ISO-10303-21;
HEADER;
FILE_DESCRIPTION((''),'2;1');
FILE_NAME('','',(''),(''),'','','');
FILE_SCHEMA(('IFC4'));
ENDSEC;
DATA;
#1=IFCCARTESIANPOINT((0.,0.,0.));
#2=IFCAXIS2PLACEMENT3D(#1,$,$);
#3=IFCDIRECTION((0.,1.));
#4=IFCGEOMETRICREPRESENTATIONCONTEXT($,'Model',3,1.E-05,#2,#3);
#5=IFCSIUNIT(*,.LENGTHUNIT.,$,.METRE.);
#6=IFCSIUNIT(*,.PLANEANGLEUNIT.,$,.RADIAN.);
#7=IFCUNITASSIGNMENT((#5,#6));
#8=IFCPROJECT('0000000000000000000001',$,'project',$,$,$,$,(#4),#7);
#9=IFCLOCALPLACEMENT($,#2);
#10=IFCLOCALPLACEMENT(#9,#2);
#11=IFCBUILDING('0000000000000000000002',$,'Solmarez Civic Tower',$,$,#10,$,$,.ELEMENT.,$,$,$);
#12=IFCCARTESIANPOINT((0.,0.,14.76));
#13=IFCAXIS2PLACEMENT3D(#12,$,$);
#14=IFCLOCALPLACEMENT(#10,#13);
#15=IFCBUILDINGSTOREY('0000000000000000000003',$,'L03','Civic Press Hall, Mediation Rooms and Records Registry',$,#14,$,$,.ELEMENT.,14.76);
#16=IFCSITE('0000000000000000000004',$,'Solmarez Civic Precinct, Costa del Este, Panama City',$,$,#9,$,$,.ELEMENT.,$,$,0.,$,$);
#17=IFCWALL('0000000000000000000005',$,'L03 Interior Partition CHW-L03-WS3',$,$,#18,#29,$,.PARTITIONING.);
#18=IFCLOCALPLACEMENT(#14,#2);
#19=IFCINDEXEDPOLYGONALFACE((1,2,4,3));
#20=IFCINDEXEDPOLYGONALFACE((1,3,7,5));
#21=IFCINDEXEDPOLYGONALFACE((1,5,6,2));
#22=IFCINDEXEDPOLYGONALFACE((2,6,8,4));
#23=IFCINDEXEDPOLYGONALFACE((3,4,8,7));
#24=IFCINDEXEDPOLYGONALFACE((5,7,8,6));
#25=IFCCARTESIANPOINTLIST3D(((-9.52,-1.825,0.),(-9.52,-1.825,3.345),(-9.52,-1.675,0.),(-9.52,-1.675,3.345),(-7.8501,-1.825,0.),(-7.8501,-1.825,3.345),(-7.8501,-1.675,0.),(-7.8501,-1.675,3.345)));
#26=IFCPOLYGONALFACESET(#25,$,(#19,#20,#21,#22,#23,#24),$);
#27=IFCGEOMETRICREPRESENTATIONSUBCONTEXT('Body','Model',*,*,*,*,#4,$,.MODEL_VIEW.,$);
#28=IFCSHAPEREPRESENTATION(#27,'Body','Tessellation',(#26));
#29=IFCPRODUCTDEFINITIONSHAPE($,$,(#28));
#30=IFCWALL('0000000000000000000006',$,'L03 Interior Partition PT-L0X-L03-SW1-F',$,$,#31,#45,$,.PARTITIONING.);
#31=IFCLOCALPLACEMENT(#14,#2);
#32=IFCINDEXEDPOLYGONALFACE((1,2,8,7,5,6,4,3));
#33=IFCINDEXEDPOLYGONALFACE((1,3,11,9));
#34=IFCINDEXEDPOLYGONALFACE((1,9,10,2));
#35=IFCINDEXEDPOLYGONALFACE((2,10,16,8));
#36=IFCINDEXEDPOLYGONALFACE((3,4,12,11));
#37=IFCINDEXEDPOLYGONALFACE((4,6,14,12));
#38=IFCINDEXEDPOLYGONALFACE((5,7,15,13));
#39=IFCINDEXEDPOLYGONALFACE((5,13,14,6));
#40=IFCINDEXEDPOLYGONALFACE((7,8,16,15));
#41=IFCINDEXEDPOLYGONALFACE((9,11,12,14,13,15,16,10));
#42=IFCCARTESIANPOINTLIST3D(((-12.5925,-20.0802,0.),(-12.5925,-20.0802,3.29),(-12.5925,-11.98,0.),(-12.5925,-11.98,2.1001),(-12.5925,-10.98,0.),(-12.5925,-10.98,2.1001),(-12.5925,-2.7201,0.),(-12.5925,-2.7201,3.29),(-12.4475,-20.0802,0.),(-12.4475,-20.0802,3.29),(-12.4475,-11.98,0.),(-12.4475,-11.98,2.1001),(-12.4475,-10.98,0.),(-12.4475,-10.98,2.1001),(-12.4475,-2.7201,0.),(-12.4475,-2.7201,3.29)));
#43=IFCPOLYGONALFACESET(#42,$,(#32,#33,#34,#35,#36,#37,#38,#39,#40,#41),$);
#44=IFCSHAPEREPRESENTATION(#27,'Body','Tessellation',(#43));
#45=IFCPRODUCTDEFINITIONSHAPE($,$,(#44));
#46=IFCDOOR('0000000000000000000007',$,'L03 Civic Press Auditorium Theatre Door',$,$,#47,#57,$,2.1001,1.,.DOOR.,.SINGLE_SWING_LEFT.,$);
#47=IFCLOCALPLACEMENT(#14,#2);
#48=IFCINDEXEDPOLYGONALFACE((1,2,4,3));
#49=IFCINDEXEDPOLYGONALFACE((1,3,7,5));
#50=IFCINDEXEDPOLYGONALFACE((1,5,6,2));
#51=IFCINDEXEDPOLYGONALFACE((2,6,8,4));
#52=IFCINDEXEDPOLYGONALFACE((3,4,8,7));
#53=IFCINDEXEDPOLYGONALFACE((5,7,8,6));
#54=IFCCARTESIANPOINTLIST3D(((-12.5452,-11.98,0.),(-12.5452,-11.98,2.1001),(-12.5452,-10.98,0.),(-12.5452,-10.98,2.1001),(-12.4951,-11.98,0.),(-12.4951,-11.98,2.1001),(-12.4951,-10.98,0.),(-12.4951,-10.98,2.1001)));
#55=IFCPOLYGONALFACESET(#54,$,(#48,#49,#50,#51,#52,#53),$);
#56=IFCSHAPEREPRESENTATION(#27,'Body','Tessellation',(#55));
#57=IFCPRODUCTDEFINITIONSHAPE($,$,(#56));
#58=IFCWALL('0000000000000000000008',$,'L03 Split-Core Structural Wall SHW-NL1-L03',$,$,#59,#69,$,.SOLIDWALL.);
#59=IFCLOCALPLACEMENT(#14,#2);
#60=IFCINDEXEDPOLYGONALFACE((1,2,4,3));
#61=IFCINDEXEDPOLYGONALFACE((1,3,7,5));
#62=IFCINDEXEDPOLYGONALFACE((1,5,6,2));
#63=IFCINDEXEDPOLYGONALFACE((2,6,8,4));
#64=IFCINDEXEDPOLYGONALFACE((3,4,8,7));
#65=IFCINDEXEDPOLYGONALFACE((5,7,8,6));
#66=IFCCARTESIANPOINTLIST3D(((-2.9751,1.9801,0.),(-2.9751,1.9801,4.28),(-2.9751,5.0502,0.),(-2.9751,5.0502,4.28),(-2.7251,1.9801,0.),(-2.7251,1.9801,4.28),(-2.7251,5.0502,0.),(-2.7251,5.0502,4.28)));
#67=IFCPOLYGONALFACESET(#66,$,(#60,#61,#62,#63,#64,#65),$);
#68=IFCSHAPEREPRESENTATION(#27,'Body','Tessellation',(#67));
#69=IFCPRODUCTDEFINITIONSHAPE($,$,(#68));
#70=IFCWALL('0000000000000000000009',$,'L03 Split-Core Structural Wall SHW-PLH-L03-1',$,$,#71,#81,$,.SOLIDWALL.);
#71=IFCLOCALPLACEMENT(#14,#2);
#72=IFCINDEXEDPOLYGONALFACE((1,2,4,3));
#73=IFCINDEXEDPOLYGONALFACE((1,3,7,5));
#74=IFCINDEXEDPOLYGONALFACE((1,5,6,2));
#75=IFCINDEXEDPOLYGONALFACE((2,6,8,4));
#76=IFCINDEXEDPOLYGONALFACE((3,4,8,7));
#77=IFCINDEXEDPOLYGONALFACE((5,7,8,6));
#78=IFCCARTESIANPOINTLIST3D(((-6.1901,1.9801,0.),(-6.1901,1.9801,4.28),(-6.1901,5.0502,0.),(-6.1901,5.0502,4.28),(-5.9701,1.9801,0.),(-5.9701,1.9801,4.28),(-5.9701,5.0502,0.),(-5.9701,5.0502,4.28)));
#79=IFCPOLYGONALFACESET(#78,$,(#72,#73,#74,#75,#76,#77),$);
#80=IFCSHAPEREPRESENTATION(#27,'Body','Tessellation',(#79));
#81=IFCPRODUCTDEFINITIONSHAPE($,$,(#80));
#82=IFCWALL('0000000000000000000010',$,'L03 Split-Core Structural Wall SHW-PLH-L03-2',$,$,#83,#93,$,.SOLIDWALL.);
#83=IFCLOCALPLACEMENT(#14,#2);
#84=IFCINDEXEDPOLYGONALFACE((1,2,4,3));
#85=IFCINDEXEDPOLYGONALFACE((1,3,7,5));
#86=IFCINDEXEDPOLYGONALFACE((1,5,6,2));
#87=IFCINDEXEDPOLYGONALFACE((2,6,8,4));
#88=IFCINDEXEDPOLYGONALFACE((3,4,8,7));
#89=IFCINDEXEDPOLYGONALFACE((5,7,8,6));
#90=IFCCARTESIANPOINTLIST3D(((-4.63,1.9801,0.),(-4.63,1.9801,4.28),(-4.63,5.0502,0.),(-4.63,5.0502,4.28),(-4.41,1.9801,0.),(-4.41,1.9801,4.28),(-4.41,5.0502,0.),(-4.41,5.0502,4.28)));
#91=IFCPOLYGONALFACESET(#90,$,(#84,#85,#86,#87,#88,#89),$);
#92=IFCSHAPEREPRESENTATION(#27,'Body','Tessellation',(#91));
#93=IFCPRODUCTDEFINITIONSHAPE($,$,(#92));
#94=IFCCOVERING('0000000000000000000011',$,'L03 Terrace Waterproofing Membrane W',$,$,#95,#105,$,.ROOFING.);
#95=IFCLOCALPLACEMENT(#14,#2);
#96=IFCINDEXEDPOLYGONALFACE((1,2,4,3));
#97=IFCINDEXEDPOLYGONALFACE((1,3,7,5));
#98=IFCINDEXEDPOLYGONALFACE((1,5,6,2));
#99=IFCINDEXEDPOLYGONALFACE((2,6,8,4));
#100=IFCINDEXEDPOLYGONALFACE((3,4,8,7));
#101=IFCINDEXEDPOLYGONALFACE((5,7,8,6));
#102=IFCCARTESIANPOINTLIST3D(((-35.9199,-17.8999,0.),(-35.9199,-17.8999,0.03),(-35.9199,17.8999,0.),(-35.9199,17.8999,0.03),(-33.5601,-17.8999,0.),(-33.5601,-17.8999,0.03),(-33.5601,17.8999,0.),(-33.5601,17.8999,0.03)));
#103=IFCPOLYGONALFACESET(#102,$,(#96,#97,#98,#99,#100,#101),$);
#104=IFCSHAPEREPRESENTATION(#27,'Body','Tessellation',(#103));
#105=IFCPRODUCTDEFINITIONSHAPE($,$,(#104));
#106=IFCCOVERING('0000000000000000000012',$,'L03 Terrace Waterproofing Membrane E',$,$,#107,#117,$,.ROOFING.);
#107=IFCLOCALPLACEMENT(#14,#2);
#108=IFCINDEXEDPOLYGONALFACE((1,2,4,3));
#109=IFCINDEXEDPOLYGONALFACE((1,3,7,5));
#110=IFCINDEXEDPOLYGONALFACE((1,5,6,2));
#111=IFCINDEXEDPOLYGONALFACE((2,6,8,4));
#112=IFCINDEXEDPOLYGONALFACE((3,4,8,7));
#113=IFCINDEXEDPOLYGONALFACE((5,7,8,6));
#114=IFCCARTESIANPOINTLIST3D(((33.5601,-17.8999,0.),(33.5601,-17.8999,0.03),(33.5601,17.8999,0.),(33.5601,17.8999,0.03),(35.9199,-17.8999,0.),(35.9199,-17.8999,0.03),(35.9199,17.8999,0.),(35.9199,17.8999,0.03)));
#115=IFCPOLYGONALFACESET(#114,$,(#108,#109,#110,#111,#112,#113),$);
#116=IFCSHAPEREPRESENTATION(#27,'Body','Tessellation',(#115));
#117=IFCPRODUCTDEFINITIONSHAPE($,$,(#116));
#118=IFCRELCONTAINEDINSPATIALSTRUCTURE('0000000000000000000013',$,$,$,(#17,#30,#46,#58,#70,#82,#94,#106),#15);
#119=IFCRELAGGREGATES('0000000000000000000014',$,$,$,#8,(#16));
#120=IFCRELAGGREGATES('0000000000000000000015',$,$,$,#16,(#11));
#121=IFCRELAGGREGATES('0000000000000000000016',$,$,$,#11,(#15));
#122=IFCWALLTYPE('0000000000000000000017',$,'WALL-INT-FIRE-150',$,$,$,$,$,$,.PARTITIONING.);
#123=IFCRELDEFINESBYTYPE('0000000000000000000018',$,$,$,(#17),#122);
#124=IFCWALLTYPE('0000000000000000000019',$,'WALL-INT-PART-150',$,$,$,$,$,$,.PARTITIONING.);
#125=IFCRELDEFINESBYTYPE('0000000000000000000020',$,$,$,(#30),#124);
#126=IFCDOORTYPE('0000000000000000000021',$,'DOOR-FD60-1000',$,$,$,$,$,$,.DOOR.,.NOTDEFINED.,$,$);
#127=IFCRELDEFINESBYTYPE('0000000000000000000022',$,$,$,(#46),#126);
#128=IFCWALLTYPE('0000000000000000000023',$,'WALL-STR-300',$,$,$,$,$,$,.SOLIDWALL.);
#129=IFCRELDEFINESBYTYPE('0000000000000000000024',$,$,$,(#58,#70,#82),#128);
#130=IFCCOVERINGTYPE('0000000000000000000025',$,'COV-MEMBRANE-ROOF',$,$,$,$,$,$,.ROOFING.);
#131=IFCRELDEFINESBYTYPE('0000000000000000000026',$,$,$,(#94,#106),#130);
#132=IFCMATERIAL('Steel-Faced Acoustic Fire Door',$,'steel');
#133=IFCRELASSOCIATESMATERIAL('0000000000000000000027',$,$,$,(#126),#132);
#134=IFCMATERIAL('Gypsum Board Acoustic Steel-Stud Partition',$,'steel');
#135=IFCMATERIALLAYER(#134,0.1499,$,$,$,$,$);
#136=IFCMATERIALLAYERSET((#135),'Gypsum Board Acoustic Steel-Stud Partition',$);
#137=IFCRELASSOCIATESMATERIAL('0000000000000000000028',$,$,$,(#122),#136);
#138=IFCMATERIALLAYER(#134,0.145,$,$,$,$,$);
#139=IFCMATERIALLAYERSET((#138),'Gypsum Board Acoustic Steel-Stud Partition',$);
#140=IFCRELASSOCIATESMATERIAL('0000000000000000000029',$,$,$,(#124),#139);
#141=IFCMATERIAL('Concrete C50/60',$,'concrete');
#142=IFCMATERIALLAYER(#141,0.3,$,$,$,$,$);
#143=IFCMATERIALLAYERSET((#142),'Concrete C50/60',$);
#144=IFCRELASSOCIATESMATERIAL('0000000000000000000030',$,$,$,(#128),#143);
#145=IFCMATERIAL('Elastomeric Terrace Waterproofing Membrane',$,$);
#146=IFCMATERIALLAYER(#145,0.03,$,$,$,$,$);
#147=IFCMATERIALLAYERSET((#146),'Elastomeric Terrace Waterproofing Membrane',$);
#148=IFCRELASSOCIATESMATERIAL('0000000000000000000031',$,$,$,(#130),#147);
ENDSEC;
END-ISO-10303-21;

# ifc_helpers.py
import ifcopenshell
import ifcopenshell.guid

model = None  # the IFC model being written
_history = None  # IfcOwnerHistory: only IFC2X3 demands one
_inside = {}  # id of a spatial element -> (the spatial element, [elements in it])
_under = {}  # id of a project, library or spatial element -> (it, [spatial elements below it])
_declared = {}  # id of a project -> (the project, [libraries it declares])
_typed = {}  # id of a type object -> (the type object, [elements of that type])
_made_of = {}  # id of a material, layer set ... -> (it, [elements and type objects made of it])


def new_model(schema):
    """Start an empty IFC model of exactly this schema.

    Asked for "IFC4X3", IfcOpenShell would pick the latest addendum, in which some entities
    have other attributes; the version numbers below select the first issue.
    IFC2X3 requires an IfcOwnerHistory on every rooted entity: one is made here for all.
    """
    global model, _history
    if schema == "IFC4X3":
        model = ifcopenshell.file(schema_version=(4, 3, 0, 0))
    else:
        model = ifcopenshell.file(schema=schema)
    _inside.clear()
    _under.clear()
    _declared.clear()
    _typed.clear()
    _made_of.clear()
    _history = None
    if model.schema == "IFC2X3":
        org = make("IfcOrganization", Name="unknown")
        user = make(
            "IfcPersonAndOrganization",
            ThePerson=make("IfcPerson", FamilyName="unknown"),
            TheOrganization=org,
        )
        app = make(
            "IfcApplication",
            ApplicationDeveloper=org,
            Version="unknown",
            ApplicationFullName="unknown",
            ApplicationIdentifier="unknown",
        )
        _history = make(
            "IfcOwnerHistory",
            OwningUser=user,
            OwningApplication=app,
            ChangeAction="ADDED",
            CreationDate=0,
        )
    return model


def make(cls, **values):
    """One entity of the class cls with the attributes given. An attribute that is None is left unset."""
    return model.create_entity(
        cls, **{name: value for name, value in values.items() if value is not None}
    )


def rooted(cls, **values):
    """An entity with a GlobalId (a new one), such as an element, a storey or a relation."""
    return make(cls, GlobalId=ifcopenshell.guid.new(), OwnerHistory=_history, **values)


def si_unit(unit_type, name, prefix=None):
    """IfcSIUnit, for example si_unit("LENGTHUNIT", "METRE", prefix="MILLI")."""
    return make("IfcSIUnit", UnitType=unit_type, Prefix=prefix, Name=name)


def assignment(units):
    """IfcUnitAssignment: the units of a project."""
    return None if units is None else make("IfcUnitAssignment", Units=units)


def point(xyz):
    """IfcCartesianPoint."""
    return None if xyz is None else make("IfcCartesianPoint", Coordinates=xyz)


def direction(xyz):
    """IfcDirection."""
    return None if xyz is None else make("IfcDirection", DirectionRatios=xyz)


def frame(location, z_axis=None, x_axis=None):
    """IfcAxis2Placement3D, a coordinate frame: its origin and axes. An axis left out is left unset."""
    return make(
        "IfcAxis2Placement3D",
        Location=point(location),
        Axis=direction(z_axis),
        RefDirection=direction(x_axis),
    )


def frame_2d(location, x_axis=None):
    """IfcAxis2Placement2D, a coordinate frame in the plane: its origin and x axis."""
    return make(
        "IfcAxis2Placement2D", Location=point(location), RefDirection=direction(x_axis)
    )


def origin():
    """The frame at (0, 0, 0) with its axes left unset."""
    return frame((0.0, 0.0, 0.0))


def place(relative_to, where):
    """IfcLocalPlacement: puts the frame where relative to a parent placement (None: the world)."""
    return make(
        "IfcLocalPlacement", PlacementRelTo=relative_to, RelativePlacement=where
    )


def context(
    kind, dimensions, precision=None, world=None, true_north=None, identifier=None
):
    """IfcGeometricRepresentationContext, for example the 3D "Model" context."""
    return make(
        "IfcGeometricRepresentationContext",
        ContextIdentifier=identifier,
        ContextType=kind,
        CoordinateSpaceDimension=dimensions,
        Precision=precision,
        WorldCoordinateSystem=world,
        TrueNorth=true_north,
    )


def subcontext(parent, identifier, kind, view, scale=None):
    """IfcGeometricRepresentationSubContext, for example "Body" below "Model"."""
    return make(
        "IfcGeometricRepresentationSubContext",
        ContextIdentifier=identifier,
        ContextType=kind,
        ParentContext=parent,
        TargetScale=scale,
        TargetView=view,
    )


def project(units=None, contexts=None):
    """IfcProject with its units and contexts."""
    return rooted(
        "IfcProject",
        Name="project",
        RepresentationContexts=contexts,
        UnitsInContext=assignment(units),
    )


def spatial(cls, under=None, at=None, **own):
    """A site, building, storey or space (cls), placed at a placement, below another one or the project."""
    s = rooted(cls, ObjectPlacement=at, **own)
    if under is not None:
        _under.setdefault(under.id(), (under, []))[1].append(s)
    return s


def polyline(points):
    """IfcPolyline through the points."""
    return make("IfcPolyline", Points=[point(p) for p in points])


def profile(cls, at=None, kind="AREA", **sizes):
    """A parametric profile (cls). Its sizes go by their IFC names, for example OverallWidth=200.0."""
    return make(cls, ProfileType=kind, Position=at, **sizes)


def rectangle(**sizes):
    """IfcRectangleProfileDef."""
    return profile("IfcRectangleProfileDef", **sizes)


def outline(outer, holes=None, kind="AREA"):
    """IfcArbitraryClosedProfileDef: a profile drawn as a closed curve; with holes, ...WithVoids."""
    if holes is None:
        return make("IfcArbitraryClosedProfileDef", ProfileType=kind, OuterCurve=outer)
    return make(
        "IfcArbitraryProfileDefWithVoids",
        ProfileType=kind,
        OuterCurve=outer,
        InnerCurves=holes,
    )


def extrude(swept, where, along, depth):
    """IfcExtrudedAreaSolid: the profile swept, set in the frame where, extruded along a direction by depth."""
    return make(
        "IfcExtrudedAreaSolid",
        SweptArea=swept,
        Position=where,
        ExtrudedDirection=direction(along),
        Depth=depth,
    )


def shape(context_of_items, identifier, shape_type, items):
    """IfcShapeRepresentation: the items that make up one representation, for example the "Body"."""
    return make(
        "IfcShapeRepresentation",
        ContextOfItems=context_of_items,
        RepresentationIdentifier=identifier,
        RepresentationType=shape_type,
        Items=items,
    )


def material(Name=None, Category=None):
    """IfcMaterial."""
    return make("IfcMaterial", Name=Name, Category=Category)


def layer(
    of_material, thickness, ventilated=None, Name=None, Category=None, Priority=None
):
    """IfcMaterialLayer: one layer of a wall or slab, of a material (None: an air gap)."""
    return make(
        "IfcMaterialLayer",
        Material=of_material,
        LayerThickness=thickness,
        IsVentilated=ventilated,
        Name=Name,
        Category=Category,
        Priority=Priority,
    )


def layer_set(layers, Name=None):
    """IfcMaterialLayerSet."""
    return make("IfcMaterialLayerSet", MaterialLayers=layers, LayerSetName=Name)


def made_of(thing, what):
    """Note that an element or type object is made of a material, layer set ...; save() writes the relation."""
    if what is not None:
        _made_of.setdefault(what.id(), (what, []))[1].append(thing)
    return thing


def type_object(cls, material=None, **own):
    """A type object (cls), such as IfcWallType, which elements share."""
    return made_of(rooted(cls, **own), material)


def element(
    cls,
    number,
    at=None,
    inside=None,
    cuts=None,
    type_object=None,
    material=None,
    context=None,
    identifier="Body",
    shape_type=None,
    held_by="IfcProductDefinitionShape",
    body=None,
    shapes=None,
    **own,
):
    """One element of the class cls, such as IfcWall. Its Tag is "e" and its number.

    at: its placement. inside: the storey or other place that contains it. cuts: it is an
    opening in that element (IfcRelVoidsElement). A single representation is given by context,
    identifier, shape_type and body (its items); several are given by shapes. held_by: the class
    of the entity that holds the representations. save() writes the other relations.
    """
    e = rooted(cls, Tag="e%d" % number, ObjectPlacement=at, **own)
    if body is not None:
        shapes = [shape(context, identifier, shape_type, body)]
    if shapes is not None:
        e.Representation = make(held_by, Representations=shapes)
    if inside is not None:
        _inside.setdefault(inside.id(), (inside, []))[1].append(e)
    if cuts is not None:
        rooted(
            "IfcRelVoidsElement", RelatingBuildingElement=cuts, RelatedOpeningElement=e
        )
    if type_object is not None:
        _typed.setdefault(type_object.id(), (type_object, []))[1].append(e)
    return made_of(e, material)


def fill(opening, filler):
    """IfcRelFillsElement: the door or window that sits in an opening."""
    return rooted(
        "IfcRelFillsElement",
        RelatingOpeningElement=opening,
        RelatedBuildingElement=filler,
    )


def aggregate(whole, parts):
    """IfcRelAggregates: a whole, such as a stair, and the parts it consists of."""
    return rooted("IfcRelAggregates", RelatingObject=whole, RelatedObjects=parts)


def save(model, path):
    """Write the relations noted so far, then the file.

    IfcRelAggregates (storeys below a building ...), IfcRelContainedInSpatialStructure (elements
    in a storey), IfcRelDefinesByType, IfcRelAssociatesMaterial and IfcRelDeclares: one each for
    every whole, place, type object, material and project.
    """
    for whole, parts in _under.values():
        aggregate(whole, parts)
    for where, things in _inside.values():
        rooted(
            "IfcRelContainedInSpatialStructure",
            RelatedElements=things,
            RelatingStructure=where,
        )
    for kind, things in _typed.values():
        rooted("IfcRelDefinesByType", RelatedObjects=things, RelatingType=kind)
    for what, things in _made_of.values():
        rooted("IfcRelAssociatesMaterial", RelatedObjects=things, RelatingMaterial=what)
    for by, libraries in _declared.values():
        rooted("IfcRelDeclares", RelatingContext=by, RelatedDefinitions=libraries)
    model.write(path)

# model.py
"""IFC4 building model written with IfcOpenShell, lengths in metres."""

from ifc_helpers import new_model, si_unit, direction, frame, frame_2d, origin, place, context, subcontext, project, spatial, polyline, rectangle, outline, extrude, material, layer, layer_set, type_object, element, fill, save


model = new_model("IFC4")

# Units and contexts
model_context = context("Model", 3, precision=1e-05, world=origin(), true_north=direction((0.0, 1.0)))
body_context = subcontext(model_context, "Body", "Model", "MODEL_VIEW")
ifc_project = project(units=[si_unit("LENGTHUNIT", "METRE"), si_unit("PLANEANGLEUNIT", "RADIAN")], contexts=[model_context])

# Site, building, storey
site_placement = place(None, origin())
site = spatial("IfcSite", under=ifc_project, at=site_placement, Name="Solmarez Civic Precinct, Costa del Este, Panama City", CompositionType="ELEMENT", RefElevation=0.0)
building_placement = place(site_placement, origin())
building = spatial("IfcBuilding", under=site, at=building_placement, Name="Solmarez Civic Tower", CompositionType="ELEMENT")
storey_placement = place(building_placement, frame((0.0, 0.0, 14.76)))
storey = spatial("IfcBuildingStorey", under=building, at=storey_placement, Name="L03", Description="Civic Press Hall, Mediation Rooms and Records Registry", CompositionType="ELEMENT", Elevation=14.76)

# Shared definitions
ifc_material_1 = material(Name="Concrete C50/60", Category="concrete")

# Shared definitions
ifc_material_2 = material(Name="Steel-Faced Acoustic Fire Door", Category="steel")
door_type_1 = type_object("IfcDoorType", Name="DOOR-FD60-1000", OperationType="NOTDEFINED", PredefinedType="DOOR", material=ifc_material_2)

# Wall
ifc_material_3 = material(Name="Gypsum Board Acoustic Steel-Stud Partition", Category="steel")
ifc_layer_1 = layer(ifc_material_3, 0.1499)
ifc_layer_set_1 = layer_set([ifc_layer_1], Name="Gypsum Board Acoustic Steel-Stud Partition")
wall_type_1 = type_object("IfcWallType", Name="WALL-INT-FIRE-150", PredefinedType="PARTITIONING", material=ifc_layer_set_1)
for number, where, z_axis, x_axis, name in (
    (1, (-7.8501, -1.75, 0.0), (0.0, 0.0, 1.0), (-1.0, 0.0, 0.0), "L03 Interior Partition CHW-L03-WS3"),
):
    element("IfcWall", number, at=place(storey_placement, frame(where, z_axis=z_axis, x_axis=x_axis)), inside=storey, type_object=wall_type_1, Name=name, PredefinedType="PARTITIONING", context=body_context, shape_type="SweptSolid", body=[
        extrude(rectangle(XDim=1.6699, YDim=0.1499, at=frame_2d((0.835, 0.0))), origin(), (0.0, 0.0, 1.0), 3.345),
    ])

# Wall, opening, door
ifc_layer_2 = layer(ifc_material_3, 0.145)
ifc_layer_set_2 = layer_set([ifc_layer_2], Name="Gypsum Board Acoustic Steel-Stud Partition")
wall_type_2 = type_object("IfcWallType", Name="WALL-INT-PART-150", PredefinedType="PARTITIONING", material=ifc_layer_set_2)
wall_1_placement = place(storey_placement, frame((-12.52, -2.72, 0.0), z_axis=(0.0, 0.0, 1.0), x_axis=(0.0, -1.0, 0.0)))
wall_1 = element("IfcWall", 2, at=wall_1_placement, inside=storey, type_object=wall_type_2, Name="L03 Interior Partition PT-L0X-L03-SW1-F", PredefinedType="PARTITIONING", context=body_context, shape_type="SweptSolid", body=[
    extrude(rectangle(XDim=17.3601, YDim=0.145, at=frame_2d((8.6802, 0.0))), origin(), (0.0, 0.0, 1.0), 3.29),
])
opening_1_placement = place(wall_1_placement, frame((8.26, 0.0, 0.0)))
opening_1 = element("IfcOpeningElement", 3, at=opening_1_placement, cuts=wall_1, PredefinedType="OPENING", context=body_context, shape_type="SweptSolid", body=[
    extrude(rectangle(XDim=1.0, YDim=2.1001, at=frame_2d((0.5, 1.05))), frame((0.0, 0.0825, 0.0), z_axis=(0.0, -1.0, 0.0), x_axis=(1.0, 0.0, 0.0)), (0.0, 0.0, 1.0), 0.165),
])
door_1_placement = place(opening_1_placement, origin())
door_1 = element("IfcDoor", 4, at=door_1_placement, inside=storey, type_object=door_type_1, Name="L03 Civic Press Auditorium Theatre Door", OperationType="SINGLE_SWING_LEFT", OverallHeight=2.1001, OverallWidth=1.0, PredefinedType="DOOR", context=body_context, shape_type="SweptSolid", body=[
    extrude(rectangle(XDim=1.0, YDim=2.1001, at=frame_2d((0.5, 1.05))), frame((0.0, 0.0249, 0.0), z_axis=(0.0, -1.0, 0.0), x_axis=(1.0, 0.0, 0.0)), (0.0, 0.0, 1.0), 0.05),
])
fill(opening_1, door_1)

# Walls
ifc_layer_3 = layer(ifc_material_1, 0.3)
ifc_layer_set_3 = layer_set([ifc_layer_3], Name="Concrete C50/60")
wall_type_3 = type_object("IfcWallType", Name="WALL-STR-300", PredefinedType="SOLIDWALL", material=ifc_layer_set_3)
wall_2_placement = place(storey_placement, frame((-2.8501, 1.98, 0.0), z_axis=(0.0, 0.0, 1.0), x_axis=(0.0, 1.0, 0.0)))
element("IfcWall", 5, at=wall_2_placement, inside=storey, type_object=wall_type_3, Name="L03 Split-Core Structural Wall SHW-NL1-L03", PredefinedType="SOLIDWALL", context=body_context, shape_type="SweptSolid", body=[
    extrude(rectangle(XDim=3.0701, YDim=0.25, at=frame_2d((1.5352, 0.0))), origin(), (0.0, 0.0, 1.0), 4.28),
])
for number, where, z_axis, x_axis, name in (
    (6, (-6.0801, 1.98, 0.0), (0.0, 0.0, 1.0), (0.0, 1.0, 0.0), "L03 Split-Core Structural Wall SHW-PLH-L03-1"),
    (7, (-4.52, 1.98, 0.0), (0.0, 0.0, 1.0), (0.0, 1.0, 0.0), "L03 Split-Core Structural Wall SHW-PLH-L03-2"),
):
    element("IfcWall", number, at=place(storey_placement, frame(where, z_axis=z_axis, x_axis=x_axis)), inside=storey, type_object=wall_type_3, Name=name, PredefinedType="SOLIDWALL", context=body_context, shape_type="SweptSolid", body=[
        extrude(rectangle(XDim=3.0701, YDim=0.22, at=frame_2d((1.5352, 0.0))), origin(), (0.0, 0.0, 1.0), 4.28),
    ])

# Coverings
ifc_material_4 = material(Name="Elastomeric Terrace Waterproofing Membrane")
ifc_layer_4 = layer(ifc_material_4, 0.03)
ifc_layer_set_4 = layer_set([ifc_layer_4], Name="Elastomeric Terrace Waterproofing Membrane")
covering_type = type_object("IfcCoveringType", Name="COV-MEMBRANE-ROOF", PredefinedType="ROOFING", material=ifc_layer_set_4)
covering_1_placement = place(storey_placement, origin())
element("IfcCovering", 8, at=covering_1_placement, inside=storey, type_object=covering_type, Name="L03 Terrace Waterproofing Membrane W", PredefinedType="ROOFING", context=body_context, shape_type="SweptSolid", body=[
    extrude(outline(polyline([(-35.9199, -17.8999), (-33.5601, -17.8999), (-33.5601, 17.8999), (-35.9199, 17.8999), (-35.9199, -17.8999)])), origin(), (0.0, 0.0, 1.0), 0.03),
])
covering_2_placement = place(storey_placement, origin())
element("IfcCovering", 9, at=covering_2_placement, inside=storey, type_object=covering_type, Name="L03 Terrace Waterproofing Membrane E", PredefinedType="ROOFING", context=body_context, shape_type="SweptSolid", body=[
    extrude(outline(polyline([(33.5601, -17.8999), (35.9199, -17.8999), (35.9199, 17.8999), (33.5601, 17.8999), (33.5601, -17.8999)])), origin(), (0.0, 0.0, 1.0), 0.03),
])

save(model, "model.ifc")
